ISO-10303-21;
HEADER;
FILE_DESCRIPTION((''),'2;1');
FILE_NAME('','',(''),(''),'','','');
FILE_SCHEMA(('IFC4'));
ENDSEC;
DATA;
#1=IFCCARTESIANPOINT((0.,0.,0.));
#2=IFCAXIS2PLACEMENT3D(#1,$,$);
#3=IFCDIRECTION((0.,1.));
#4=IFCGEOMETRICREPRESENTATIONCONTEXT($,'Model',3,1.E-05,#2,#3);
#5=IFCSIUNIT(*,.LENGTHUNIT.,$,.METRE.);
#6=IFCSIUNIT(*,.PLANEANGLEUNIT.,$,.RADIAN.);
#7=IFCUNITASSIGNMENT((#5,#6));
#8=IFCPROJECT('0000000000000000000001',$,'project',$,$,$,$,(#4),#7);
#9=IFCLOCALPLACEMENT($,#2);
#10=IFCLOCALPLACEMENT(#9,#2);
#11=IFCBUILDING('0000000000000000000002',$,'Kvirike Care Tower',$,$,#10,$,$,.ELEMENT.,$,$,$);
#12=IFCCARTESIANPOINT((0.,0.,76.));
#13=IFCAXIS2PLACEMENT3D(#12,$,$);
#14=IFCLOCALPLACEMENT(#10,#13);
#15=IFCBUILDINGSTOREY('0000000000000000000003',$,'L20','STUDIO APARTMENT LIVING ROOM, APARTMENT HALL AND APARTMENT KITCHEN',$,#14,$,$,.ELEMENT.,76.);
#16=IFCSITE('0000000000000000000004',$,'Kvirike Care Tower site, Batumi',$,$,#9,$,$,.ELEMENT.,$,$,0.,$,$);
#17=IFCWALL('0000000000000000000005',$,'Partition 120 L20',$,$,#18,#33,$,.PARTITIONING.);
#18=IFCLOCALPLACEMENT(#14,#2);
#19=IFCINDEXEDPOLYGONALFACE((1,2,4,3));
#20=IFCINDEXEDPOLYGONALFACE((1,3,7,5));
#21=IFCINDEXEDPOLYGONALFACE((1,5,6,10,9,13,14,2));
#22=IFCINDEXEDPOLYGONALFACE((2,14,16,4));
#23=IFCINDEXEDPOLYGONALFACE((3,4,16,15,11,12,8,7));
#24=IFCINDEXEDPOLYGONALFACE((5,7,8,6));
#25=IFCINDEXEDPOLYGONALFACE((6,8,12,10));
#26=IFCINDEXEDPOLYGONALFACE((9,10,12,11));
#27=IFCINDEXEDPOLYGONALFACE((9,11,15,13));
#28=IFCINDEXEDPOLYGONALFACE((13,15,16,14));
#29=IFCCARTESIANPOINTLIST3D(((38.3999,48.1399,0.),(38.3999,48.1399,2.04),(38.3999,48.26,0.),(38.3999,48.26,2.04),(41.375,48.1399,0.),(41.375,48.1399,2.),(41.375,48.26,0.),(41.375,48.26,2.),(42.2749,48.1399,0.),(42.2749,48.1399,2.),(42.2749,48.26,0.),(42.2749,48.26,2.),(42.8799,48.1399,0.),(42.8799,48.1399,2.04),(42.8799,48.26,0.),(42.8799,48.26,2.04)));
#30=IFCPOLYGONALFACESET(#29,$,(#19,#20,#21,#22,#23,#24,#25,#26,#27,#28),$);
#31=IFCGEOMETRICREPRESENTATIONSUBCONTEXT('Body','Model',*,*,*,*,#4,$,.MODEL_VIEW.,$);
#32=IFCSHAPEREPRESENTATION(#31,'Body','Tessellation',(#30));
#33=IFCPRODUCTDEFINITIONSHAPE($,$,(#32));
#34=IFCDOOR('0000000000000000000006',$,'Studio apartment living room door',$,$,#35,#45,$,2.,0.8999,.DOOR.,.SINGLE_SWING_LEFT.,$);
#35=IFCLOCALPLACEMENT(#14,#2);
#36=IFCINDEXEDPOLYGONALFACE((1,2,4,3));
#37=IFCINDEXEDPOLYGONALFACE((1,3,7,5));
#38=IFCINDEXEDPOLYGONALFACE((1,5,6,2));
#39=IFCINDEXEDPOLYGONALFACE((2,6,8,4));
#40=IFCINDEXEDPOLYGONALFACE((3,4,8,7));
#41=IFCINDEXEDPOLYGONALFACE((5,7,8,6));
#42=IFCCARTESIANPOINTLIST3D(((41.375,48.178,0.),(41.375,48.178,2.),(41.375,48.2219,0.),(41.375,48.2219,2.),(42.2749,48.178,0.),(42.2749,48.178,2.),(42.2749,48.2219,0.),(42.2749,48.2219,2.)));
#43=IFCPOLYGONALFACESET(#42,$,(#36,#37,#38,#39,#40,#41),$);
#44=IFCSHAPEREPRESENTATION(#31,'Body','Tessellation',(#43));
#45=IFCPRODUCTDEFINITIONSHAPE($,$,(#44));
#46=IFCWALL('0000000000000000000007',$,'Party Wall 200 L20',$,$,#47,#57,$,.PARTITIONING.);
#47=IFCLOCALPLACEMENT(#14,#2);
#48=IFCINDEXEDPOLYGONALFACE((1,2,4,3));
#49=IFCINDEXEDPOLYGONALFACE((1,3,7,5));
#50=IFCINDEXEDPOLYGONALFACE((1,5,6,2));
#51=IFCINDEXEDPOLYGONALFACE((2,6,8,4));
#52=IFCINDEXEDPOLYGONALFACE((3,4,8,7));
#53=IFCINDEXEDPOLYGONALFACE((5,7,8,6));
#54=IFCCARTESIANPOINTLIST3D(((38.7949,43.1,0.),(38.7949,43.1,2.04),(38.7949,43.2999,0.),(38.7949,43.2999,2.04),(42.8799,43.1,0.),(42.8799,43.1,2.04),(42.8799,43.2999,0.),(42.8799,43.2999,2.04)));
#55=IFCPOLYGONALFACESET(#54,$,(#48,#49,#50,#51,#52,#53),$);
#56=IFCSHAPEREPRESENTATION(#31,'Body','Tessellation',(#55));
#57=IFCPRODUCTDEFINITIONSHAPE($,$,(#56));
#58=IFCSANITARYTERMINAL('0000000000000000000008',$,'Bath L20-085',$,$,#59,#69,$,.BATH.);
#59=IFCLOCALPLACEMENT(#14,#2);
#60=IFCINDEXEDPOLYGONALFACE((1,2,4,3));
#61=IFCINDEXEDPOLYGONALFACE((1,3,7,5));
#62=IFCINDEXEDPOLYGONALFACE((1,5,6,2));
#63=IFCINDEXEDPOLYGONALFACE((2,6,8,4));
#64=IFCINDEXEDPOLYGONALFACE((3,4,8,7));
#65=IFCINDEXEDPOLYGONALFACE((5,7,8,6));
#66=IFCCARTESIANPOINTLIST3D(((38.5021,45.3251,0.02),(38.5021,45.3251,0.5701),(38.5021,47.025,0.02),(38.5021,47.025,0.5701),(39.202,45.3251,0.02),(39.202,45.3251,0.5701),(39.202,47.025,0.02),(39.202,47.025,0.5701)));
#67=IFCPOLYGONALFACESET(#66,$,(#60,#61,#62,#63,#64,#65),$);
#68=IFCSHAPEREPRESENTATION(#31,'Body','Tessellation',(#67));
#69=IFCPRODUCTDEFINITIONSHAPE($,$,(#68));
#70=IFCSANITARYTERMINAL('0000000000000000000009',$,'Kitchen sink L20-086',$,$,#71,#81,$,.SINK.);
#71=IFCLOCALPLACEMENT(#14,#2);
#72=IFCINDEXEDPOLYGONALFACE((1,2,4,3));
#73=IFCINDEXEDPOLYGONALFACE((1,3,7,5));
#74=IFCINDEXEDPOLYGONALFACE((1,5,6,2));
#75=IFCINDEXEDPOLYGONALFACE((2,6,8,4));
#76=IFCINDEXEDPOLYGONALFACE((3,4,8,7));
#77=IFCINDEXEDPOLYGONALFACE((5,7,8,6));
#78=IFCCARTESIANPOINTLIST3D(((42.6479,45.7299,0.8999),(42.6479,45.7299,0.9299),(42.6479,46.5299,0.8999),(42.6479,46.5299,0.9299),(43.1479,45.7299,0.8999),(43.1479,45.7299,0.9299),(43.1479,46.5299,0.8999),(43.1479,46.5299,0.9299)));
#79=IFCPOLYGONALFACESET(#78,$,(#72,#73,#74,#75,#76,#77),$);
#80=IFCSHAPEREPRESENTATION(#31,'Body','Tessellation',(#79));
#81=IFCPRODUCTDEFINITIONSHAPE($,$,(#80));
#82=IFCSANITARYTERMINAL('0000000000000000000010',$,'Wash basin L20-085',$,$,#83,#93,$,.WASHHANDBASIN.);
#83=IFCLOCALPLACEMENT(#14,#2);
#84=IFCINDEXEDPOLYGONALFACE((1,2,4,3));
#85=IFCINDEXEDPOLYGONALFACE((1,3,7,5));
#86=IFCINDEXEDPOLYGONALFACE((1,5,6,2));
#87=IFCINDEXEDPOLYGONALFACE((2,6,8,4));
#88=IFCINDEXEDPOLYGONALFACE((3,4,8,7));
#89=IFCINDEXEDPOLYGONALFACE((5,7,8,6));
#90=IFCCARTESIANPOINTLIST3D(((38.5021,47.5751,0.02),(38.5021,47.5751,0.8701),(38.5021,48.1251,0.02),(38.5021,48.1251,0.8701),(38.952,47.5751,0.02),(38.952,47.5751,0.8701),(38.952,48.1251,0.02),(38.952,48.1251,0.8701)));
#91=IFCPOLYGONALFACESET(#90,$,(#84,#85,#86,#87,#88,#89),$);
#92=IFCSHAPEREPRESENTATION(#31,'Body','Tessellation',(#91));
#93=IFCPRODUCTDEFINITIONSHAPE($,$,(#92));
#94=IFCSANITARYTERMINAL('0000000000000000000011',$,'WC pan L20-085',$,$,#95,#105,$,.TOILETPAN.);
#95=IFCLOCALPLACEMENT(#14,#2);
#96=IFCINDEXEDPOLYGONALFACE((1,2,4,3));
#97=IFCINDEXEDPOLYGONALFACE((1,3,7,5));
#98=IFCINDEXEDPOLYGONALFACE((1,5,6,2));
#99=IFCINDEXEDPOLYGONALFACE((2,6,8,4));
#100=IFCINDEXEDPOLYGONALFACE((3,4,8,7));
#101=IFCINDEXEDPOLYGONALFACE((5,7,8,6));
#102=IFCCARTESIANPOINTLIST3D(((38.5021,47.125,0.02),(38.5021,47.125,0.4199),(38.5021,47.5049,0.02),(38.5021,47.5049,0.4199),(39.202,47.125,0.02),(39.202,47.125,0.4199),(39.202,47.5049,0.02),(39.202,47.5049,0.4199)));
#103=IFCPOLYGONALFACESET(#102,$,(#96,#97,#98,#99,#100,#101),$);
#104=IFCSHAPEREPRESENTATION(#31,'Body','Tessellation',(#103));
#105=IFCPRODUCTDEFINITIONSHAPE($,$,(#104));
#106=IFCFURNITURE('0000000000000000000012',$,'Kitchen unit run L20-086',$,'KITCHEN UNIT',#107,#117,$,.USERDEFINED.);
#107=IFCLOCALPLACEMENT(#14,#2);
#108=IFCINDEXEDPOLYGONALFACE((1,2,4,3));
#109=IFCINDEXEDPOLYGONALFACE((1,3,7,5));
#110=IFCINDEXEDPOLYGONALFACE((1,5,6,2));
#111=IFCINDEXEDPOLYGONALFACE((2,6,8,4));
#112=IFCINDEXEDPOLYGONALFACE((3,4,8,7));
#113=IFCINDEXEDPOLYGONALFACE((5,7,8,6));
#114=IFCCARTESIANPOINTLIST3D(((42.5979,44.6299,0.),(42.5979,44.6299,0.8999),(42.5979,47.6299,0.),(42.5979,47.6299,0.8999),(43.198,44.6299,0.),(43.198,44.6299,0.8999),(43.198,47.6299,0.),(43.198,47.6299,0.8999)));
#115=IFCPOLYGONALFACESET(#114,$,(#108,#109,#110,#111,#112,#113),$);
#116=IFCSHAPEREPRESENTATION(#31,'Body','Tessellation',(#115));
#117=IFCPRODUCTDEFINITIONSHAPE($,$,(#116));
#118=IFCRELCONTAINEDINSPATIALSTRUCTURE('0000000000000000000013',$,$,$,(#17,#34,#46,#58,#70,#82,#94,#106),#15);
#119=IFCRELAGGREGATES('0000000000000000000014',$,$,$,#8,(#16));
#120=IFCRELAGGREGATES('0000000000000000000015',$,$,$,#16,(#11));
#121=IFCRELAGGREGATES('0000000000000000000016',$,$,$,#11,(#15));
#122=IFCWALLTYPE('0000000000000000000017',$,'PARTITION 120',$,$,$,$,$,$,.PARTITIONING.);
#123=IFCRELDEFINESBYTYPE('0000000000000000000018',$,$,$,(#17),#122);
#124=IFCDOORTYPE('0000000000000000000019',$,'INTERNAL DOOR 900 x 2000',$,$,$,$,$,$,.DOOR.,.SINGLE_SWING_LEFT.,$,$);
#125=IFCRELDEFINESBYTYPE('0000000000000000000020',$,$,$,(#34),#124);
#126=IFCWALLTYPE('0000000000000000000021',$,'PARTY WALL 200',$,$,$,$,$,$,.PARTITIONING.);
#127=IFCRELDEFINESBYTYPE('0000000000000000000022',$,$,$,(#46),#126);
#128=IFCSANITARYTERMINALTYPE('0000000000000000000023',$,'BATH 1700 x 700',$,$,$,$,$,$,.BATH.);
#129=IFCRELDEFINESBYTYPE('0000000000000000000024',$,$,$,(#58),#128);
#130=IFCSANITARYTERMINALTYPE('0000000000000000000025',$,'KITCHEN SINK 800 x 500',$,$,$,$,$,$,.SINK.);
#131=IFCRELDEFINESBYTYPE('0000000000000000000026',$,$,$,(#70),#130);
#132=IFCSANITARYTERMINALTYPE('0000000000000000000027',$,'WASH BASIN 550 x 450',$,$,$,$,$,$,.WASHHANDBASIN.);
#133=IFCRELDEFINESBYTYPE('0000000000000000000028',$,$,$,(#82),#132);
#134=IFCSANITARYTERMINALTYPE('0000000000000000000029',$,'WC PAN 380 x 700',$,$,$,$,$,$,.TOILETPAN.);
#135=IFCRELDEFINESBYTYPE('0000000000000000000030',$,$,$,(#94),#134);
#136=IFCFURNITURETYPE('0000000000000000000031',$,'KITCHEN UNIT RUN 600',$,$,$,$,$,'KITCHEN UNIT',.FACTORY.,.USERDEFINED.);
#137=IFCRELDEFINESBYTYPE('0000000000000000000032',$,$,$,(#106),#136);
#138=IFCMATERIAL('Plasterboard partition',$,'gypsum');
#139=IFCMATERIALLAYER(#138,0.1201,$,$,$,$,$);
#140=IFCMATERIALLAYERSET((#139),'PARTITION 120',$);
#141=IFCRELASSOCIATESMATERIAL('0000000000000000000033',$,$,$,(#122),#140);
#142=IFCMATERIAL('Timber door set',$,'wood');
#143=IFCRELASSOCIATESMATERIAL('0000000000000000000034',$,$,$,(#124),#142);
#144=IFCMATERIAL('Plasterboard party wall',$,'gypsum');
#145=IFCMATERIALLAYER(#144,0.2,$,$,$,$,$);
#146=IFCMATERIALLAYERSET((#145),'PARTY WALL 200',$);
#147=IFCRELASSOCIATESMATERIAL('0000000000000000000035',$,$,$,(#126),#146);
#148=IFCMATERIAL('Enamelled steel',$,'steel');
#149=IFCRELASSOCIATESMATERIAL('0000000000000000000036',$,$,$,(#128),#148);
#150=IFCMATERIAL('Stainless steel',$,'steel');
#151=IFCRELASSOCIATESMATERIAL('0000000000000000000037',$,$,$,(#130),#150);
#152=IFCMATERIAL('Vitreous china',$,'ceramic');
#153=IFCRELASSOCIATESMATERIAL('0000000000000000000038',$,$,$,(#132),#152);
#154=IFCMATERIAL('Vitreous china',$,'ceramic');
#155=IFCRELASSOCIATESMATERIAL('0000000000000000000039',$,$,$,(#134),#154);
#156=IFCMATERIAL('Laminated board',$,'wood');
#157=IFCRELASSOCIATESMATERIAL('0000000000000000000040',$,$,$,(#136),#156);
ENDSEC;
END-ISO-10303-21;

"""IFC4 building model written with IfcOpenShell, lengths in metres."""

from ifc_helpers import new_model, si_unit, direction, frame, frame_2d, origin, origin_2d, place, context, subcontext, project, spatial, rectangle, extrude, material, layer, layer_set, type_object, element, fill, save


model = new_model("IFC4")

# Units and contexts
model_context = context("Model", 3, precision=1e-05, world=origin(), true_north=direction((0.0, 1.0)))
body_context = subcontext(model_context, "Body", "Model", "MODEL_VIEW")
ifc_project = project(units=[si_unit("LENGTHUNIT", "METRE"), si_unit("PLANEANGLEUNIT", "RADIAN")], contexts=[model_context])

# Site, building, storey
site_placement = place(None, origin())
site = spatial("IfcSite", under=ifc_project, at=site_placement, Name="Kvirike Care Tower site, Batumi", CompositionType="ELEMENT", RefElevation=0.0)
building_placement = place(site_placement, origin())
building = spatial("IfcBuilding", under=site, at=building_placement, Name="Kvirike Care Tower", CompositionType="ELEMENT")
storey_placement = place(building_placement, frame((0.0, 0.0, 76.0)))
storey = spatial("IfcBuildingStorey", under=building, at=storey_placement, Name="L20", Description="STUDIO APARTMENT LIVING ROOM, APARTMENT HALL AND APARTMENT KITCHEN", CompositionType="ELEMENT", Elevation=76.0)

# Wall, opening, door
ifc_material_1 = material(Name="Plasterboard partition", Category="gypsum")
ifc_layer_1 = layer(ifc_material_1, 0.1201)
ifc_layer_set_1 = layer_set([ifc_layer_1], Name="PARTITION 120")
wall_type_1 = type_object("IfcWallType", Name="PARTITION 120", PredefinedType="PARTITIONING", material=ifc_layer_set_1)
wall_1_placement = place(storey_placement, frame((42.8799, 48.2, 0.0), z_axis=(0.0, 0.0, 1.0), x_axis=(-1.0, 0.0, 0.0)))
wall_1 = element("IfcWall", 1, at=wall_1_placement, inside=storey, type_object=wall_type_1, Name="Partition 120 L20", PredefinedType="PARTITIONING", context=body_context, shape_type="SweptSolid", body=[
    extrude(rectangle(XDim=4.48, YDim=0.1201, at=frame_2d((2.24, 0.0))), origin(), (0.0, 0.0, 1.0), 2.04),
])
opening_1_placement = place(wall_1_placement, frame((0.605, 0.0, 0.0)))
opening_1 = element("IfcOpeningElement", 2, at=opening_1_placement, cuts=wall_1, PredefinedType="OPENING", context=body_context, shape_type="SweptSolid", body=[
    extrude(rectangle(XDim=0.8999, YDim=2.0, at=frame_2d((0.45, 1.0))), frame((0.0, 0.0706, 0.0), z_axis=(0.0, -1.0, 0.0), x_axis=(1.0, 0.0, 0.0)), (0.0, 0.0, 1.0), 0.1411),
])
ifc_material_2 = material(Name="Timber door set", Category="wood")
door_type_1 = type_object("IfcDoorType", Name="INTERNAL DOOR 900 x 2000", OperationType="SINGLE_SWING_LEFT", PredefinedType="DOOR", material=ifc_material_2)
door_1_placement = place(opening_1_placement, origin())
door_1 = element("IfcDoor", 3, at=door_1_placement, inside=storey, type_object=door_type_1, Name="Studio apartment living room door", OperationType="SINGLE_SWING_LEFT", OverallHeight=2.0, OverallWidth=0.8999, PredefinedType="DOOR", context=body_context, shape_type="SweptSolid", body=[
    extrude(rectangle(XDim=0.8999, YDim=2.0, at=frame_2d((0.45, 1.0))), frame((0.0, 0.022, 0.0), z_axis=(0.0, -1.0, 0.0), x_axis=(1.0, 0.0, 0.0)), (0.0, 0.0, 1.0), 0.0439),
])
fill(opening_1, door_1)

# Wall
ifc_material_3 = material(Name="Plasterboard party wall", Category="gypsum")
ifc_layer_2 = layer(ifc_material_3, 0.2)
ifc_layer_set_2 = layer_set([ifc_layer_2], Name="PARTY WALL 200")
wall_type_2 = type_object("IfcWallType", Name="PARTY WALL 200", PredefinedType="PARTITIONING", material=ifc_layer_set_2)
wall_2_placement = place(storey_placement, frame((42.8799, 43.2, 0.0), z_axis=(0.0, 0.0, 1.0), x_axis=(-1.0, 0.0, 0.0)))
element("IfcWall", 4, at=wall_2_placement, inside=storey, type_object=wall_type_2, Name="Party Wall 200 L20", PredefinedType="PARTITIONING", context=body_context, shape_type="SweptSolid", body=[
    extrude(rectangle(XDim=4.085, YDim=0.2, at=frame_2d((2.0425, 0.0))), origin(), (0.0, 0.0, 1.0), 2.04),
])

# Sanitary terminals
ifc_material_4 = material(Name="Enamelled steel", Category="steel")
sanitary_terminal_type_1 = type_object("IfcSanitaryTerminalType", Name="BATH 1700 x 700", PredefinedType="BATH", material=ifc_material_4)
sanitary_terminal_1_placement = place(storey_placement, frame((38.8521, 46.175, 0.02), z_axis=(0.0, 0.0, 1.0), x_axis=(0.0, 1.0, 0.0)))
element("IfcSanitaryTerminal", 5, at=sanitary_terminal_1_placement, inside=storey, type_object=sanitary_terminal_type_1, Name="Bath L20-085", PredefinedType="BATH", context=body_context, shape_type="SweptSolid", body=[
    extrude(rectangle(XDim=1.7, YDim=0.7, at=origin_2d()), origin(), (0.0, 0.0, 1.0), 0.55),
])
ifc_material_5 = material(Name="Stainless steel", Category="steel")
sanitary_terminal_type_2 = type_object("IfcSanitaryTerminalType", Name="KITCHEN SINK 800 x 500", PredefinedType="SINK", material=ifc_material_5)
sanitary_terminal_2_placement = place(storey_placement, frame((42.8979, 46.1299, 0.8999), z_axis=(0.0, 0.0, 1.0), x_axis=(0.0, -1.0, 0.0)))
element("IfcSanitaryTerminal", 6, at=sanitary_terminal_2_placement, inside=storey, type_object=sanitary_terminal_type_2, Name="Kitchen sink L20-086", PredefinedType="SINK", context=body_context, shape_type="SweptSolid", body=[
    extrude(rectangle(XDim=0.8, YDim=0.5, at=origin_2d()), origin(), (0.0, 0.0, 1.0), 0.03),
])
ifc_material_6 = material(Name="Vitreous china", Category="ceramic")
sanitary_terminal_type_3 = type_object("IfcSanitaryTerminalType", Name="WASH BASIN 550 x 450", PredefinedType="WASHHANDBASIN", material=ifc_material_6)
sanitary_terminal_3_placement = place(storey_placement, frame((38.7271, 47.8501, 0.02), z_axis=(0.0, 0.0, 1.0), x_axis=(0.0, 1.0, 0.0)))
element("IfcSanitaryTerminal", 7, at=sanitary_terminal_3_placement, inside=storey, type_object=sanitary_terminal_type_3, Name="Wash basin L20-085", PredefinedType="WASHHANDBASIN", context=body_context, shape_type="SweptSolid", body=[
    extrude(rectangle(XDim=0.55, YDim=0.45, at=origin_2d()), origin(), (0.0, 0.0, 1.0), 0.8501),
])
ifc_material_7 = material(Name="Vitreous china", Category="ceramic")
sanitary_terminal_type_4 = type_object("IfcSanitaryTerminalType", Name="WC PAN 380 x 700", PredefinedType="TOILETPAN", material=ifc_material_7)
sanitary_terminal_4_placement = place(storey_placement, frame((38.8521, 47.3149, 0.02), z_axis=(0.0, 0.0, 1.0), x_axis=(0.0, 1.0, 0.0)))
element("IfcSanitaryTerminal", 8, at=sanitary_terminal_4_placement, inside=storey, type_object=sanitary_terminal_type_4, Name="WC pan L20-085", PredefinedType="TOILETPAN", context=body_context, shape_type="SweptSolid", body=[
    extrude(rectangle(XDim=0.3799, YDim=0.7, at=origin_2d()), origin(), (0.0, 0.0, 1.0), 0.3999),
])

# Furniture
ifc_material_8 = material(Name="Laminated board", Category="wood")
furniture_type = type_object("IfcFurnitureType", Name="KITCHEN UNIT RUN 600", ElementType="KITCHEN UNIT", AssemblyPlace="FACTORY", PredefinedType="USERDEFINED", material=ifc_material_8)
furniture_placement = place(storey_placement, frame((42.8979, 46.1299, 0.0), z_axis=(0.0, 0.0, 1.0), x_axis=(0.0, -1.0, 0.0)))
element("IfcFurniture", 9, at=furniture_placement, inside=storey, type_object=furniture_type, Name="Kitchen unit run L20-086", ObjectType="KITCHEN UNIT", PredefinedType="USERDEFINED", context=body_context, shape_type="SweptSolid", body=[
    extrude(rectangle(XDim=3.0, YDim=0.6001, at=origin_2d()), origin(), (0.0, 0.0, 1.0), 0.8999),
])

save(model, "model.ifc")
